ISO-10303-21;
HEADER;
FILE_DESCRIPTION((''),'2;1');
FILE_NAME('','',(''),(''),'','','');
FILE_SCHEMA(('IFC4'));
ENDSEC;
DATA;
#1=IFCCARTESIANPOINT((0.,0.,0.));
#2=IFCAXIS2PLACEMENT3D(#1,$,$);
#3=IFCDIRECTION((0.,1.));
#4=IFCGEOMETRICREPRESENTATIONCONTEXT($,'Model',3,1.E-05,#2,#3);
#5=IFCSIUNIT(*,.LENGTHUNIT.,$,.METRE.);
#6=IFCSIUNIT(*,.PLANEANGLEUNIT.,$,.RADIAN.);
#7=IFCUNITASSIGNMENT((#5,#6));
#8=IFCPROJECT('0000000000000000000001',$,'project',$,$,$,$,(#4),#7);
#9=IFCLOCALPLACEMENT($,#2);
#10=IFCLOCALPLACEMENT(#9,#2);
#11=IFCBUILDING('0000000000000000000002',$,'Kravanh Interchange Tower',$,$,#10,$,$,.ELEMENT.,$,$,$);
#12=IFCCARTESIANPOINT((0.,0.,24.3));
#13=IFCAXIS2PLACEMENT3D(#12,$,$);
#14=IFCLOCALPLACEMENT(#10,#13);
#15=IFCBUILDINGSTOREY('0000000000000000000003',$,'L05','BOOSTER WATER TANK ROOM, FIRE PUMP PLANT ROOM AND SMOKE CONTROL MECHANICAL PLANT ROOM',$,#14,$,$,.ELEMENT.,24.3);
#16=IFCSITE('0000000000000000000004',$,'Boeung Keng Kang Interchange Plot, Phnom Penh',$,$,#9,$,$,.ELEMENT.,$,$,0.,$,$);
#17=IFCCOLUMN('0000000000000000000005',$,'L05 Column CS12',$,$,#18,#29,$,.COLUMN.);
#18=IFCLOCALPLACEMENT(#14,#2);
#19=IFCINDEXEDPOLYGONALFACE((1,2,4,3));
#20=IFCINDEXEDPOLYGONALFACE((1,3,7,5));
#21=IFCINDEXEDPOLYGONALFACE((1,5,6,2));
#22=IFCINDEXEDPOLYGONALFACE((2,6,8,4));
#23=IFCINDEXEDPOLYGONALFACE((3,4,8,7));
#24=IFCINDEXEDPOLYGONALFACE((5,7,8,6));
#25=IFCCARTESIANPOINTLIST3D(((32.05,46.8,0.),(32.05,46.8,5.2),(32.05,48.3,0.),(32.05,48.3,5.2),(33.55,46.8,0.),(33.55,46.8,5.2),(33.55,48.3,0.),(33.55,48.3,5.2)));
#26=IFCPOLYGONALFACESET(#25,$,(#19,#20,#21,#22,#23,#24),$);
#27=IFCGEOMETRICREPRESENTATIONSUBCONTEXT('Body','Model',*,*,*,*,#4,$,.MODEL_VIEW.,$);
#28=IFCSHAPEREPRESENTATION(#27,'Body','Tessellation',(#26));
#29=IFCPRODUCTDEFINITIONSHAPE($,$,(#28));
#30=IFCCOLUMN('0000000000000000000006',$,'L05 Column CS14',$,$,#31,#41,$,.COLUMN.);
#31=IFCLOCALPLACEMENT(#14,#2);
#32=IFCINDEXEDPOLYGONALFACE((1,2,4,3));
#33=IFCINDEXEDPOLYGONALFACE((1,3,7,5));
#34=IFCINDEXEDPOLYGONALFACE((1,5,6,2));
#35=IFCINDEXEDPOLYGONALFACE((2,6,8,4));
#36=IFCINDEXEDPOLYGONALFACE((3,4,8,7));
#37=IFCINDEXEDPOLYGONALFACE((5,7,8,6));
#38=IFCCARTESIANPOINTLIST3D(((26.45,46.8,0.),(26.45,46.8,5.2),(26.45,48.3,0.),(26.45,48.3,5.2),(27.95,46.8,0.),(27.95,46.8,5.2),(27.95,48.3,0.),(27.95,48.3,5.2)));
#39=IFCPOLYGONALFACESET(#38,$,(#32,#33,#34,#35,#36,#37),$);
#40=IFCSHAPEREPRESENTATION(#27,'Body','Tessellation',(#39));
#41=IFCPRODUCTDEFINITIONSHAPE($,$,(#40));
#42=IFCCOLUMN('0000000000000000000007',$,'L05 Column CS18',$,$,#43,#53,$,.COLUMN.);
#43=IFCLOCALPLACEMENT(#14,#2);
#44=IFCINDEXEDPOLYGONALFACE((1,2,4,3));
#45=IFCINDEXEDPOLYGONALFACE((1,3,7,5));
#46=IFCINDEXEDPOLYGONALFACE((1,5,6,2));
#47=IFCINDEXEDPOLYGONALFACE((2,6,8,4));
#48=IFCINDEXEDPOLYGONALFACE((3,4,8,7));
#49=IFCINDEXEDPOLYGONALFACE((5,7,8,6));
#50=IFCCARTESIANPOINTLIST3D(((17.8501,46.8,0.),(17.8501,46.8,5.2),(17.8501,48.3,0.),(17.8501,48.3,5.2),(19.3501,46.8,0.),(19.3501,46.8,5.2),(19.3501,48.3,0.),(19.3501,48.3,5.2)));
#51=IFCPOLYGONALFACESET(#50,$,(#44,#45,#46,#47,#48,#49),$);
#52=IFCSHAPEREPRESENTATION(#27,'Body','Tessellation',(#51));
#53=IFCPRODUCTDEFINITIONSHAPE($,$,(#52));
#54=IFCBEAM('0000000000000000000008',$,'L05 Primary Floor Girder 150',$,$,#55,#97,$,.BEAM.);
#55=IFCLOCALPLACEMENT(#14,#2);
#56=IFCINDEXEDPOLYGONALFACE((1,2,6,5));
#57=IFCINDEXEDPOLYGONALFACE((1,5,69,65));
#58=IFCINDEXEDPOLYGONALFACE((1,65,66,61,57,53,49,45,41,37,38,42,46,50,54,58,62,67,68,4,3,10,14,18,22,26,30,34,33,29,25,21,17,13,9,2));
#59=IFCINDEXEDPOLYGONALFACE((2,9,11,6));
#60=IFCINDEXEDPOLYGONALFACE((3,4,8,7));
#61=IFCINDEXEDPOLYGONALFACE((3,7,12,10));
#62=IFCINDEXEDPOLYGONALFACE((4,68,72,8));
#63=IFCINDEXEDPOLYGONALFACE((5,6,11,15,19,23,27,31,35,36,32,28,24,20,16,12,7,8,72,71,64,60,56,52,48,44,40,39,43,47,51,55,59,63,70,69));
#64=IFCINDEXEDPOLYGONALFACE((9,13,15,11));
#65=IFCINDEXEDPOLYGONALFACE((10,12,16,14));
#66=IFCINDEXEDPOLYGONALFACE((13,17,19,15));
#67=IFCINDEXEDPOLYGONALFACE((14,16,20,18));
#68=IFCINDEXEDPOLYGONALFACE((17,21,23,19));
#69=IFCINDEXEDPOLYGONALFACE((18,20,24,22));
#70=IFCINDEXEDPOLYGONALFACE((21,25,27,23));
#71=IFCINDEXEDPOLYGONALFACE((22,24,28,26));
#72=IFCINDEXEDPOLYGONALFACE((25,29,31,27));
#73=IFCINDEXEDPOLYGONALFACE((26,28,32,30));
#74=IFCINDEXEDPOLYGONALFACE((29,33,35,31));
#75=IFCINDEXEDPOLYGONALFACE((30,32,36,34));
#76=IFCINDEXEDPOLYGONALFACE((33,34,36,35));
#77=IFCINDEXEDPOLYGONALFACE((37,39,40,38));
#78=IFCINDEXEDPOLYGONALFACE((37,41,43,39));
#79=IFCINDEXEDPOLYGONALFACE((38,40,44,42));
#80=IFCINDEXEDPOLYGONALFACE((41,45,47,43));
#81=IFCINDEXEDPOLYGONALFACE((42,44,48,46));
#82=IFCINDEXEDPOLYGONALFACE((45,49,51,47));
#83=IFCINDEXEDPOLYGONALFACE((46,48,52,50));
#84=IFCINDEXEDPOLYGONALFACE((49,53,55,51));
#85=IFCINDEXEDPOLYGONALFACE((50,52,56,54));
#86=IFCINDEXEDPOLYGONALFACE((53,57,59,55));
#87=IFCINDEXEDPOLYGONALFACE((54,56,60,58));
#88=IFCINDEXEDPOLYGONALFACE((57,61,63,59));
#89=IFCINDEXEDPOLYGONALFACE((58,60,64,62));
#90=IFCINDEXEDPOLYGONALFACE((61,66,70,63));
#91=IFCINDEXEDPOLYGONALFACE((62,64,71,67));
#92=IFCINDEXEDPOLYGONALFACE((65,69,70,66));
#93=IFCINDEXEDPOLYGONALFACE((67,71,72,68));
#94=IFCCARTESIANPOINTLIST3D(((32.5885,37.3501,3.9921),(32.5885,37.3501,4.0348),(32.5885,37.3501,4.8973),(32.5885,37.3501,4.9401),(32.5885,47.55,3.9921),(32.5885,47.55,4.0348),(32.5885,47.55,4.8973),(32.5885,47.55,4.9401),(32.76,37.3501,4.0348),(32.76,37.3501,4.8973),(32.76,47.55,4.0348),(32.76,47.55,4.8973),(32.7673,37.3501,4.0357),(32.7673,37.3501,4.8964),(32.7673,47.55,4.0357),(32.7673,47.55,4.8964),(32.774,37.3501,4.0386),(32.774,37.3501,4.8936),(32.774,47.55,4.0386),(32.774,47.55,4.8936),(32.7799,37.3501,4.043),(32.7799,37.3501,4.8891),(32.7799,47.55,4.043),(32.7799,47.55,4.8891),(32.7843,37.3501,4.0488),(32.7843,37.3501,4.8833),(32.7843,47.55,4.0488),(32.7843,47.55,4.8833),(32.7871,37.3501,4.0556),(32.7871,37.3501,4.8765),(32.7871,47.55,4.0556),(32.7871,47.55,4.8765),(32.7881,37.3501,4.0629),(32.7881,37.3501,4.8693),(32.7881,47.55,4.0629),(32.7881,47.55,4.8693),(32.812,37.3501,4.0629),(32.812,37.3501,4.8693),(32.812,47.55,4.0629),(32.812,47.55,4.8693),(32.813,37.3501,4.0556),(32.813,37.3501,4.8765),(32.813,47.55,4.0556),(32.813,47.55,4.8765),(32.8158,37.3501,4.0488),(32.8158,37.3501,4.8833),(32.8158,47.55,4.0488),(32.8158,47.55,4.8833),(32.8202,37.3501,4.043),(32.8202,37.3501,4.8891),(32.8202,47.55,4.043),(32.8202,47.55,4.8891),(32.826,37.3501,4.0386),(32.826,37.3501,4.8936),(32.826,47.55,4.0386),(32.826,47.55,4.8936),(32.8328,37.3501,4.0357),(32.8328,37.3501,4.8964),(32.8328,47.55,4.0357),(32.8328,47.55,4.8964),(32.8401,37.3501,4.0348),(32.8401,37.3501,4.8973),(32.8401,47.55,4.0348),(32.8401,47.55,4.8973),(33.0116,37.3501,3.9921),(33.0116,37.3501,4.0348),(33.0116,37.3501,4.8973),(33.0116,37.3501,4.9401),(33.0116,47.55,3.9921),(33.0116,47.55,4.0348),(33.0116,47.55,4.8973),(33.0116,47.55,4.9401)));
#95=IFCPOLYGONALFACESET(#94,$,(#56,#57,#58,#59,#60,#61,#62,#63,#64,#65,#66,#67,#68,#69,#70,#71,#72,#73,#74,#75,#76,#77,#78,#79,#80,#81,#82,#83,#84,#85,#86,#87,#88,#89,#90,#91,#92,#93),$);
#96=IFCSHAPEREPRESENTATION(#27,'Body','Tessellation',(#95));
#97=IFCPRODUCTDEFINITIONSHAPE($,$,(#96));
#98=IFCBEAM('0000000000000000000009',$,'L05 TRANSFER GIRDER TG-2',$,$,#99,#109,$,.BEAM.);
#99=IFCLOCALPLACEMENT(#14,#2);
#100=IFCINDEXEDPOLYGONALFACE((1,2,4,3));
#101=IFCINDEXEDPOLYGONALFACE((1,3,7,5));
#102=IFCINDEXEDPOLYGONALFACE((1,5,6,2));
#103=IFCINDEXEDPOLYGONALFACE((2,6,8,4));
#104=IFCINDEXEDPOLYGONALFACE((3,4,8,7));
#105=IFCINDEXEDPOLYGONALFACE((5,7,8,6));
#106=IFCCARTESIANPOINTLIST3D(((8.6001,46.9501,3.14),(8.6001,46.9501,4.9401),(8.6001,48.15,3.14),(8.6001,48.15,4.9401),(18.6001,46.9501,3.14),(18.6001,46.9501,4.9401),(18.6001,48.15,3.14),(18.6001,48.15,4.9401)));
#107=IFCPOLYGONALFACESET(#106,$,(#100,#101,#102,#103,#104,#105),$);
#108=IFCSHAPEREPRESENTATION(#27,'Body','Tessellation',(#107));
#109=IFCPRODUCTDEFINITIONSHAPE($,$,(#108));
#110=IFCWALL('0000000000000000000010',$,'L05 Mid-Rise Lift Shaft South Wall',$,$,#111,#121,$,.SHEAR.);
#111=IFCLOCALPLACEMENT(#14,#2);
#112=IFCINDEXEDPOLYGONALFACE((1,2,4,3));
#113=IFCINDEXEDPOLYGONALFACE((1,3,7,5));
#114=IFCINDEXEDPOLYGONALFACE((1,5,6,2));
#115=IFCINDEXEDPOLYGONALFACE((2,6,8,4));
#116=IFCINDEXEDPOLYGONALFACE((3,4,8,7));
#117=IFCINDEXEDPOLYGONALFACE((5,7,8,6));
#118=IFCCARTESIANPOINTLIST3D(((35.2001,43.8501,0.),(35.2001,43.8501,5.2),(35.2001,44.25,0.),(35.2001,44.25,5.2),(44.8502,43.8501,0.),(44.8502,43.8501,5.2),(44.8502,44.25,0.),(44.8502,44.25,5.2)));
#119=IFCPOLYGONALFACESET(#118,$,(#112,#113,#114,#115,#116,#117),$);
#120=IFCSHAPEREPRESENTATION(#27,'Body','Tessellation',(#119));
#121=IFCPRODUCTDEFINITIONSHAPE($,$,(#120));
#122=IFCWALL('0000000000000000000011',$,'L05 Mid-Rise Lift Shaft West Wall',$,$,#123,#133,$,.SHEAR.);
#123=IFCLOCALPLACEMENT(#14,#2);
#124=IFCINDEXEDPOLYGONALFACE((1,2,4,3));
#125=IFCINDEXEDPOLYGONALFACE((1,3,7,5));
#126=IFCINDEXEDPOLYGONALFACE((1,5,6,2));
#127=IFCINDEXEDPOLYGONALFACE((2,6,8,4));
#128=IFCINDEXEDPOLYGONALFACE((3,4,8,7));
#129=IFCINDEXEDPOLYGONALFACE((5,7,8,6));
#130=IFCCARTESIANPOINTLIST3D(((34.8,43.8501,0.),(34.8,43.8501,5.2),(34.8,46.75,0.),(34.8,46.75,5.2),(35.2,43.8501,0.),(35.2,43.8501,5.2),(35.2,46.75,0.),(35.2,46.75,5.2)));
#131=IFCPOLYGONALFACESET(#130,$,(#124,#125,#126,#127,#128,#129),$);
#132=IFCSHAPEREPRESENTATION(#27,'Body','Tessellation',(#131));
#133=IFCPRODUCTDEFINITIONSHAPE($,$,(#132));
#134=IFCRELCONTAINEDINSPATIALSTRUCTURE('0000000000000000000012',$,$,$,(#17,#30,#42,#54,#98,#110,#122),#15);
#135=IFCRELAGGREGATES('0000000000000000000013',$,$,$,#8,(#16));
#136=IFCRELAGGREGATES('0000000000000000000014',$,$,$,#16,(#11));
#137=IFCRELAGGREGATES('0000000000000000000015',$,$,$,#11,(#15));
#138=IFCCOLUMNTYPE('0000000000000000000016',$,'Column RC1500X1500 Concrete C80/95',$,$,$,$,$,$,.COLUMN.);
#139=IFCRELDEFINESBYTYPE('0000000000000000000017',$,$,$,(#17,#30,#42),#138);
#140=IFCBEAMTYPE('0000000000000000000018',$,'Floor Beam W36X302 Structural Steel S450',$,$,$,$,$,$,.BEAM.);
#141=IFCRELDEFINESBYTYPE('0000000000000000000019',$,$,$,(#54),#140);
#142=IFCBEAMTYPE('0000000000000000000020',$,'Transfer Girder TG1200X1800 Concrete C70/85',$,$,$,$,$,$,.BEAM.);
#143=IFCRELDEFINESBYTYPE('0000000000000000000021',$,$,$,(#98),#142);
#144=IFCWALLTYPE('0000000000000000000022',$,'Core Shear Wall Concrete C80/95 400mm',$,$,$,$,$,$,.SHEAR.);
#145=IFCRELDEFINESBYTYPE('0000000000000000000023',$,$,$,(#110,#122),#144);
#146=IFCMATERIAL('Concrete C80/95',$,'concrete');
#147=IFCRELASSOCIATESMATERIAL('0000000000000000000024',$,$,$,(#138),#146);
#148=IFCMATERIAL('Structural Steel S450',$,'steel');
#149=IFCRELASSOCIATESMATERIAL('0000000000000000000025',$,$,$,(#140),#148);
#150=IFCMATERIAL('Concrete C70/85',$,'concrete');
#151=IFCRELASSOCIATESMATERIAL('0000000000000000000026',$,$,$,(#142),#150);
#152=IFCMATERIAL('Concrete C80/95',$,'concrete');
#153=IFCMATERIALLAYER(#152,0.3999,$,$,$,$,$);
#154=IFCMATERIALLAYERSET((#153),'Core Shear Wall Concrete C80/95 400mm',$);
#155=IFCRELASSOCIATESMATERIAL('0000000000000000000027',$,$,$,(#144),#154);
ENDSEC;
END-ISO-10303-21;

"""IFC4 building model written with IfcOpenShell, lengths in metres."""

from ifc_helpers import new_model, si_unit, direction, frame, frame_2d, origin, origin_2d, place, context, subcontext, project, spatial, rectangle, i_section, extrude, material, layer, layer_set, material_profile, profile_set, type_object, element, save


model = new_model("IFC4")

# Units and contexts
model_context = context("Model", 3, precision=1e-05, world=origin(), true_north=direction((0.0, 1.0)))
body_context = subcontext(model_context, "Body", "Model", "MODEL_VIEW")
ifc_project = project(units=[si_unit("LENGTHUNIT", "METRE"), si_unit("PLANEANGLEUNIT", "RADIAN")], contexts=[model_context])

# Site, building, storey
site_placement = place(None, origin())
site = spatial("IfcSite", under=ifc_project, at=site_placement, Name="Boeung Keng Kang Interchange Plot, Phnom Penh", CompositionType="ELEMENT", RefElevation=0.0)
building_placement = place(site_placement, origin())
building = spatial("IfcBuilding", under=site, at=building_placement, Name="Kravanh Interchange Tower", CompositionType="ELEMENT")
storey_placement = place(building_placement, frame((0.0, 0.0, 24.3)))
storey = spatial("IfcBuildingStorey", under=building, at=storey_placement, Name="L05", Description="BOOSTER WATER TANK ROOM, FIRE PUMP PLANT ROOM AND SMOKE CONTROL MECHANICAL PLANT ROOM", CompositionType="ELEMENT", Elevation=24.3)

# Columns
ifc_material_1 = material(Name="Concrete C80/95", Category="concrete")
ifc_material_profile_1 = material_profile(ifc_material_1, rectangle(XDim=1.5, YDim=1.5, at=origin_2d()), Name="RC1500X1500")
ifc_profile_set_1 = profile_set([ifc_material_profile_1], Name="Concrete C80/95")
column_type = type_object("IfcColumnType", Name="Column RC1500X1500 Concrete C80/95", PredefinedType="COLUMN", material=ifc_profile_set_1)
for number, where, z_axis, x_axis, name in (
    (1, (32.8, 47.55, 0.0), (0.0, 0.0, 1.0), (1.0, 0.0, 0.0), "L05 Column CS12"),
    (2, (27.2, 47.55, 0.0), (0.0, 0.0, 1.0), (1.0, 0.0, 0.0), "L05 Column CS14"),
    (3, (18.6001, 47.55, 0.0), (0.0, 0.0, 1.0), (1.0, 0.0, 0.0), "L05 Column CS18"),
):
    element("IfcColumn", number, at=place(storey_placement, frame(where, z_axis=z_axis, x_axis=x_axis)), inside=storey, type_object=column_type, Name=name, PredefinedType="COLUMN", context=body_context, shape_type="SweptSolid", body=[
        extrude(rectangle(XDim=1.5, YDim=1.5, at=origin_2d()), origin(), (0.0, 0.0, 1.0), 5.2),
    ])

# Beams
ifc_material_2 = material(Name="Structural Steel S450", Category="steel")
ifc_material_profile_2 = material_profile(ifc_material_2, i_section(OverallWidth=0.4231, OverallDepth=0.948, WebThickness=0.0239, FlangeThickness=0.0427, FilletRadius=0.0281, at=origin_2d()), Name="W36X302")
ifc_profile_set_2 = profile_set([ifc_material_profile_2], Name="Structural Steel S450")
beam_type_1 = type_object("IfcBeamType", Name="Floor Beam W36X302 Structural Steel S450", PredefinedType="BEAM", material=ifc_profile_set_2)
beam_1_placement = place(storey_placement, frame((32.8, 37.3501, 4.4661), z_axis=(0.0, 1.0, 0.0), x_axis=(-1.0, 0.0, 0.0)))
element("IfcBeam", 4, at=beam_1_placement, inside=storey, type_object=beam_type_1, Name="L05 Primary Floor Girder 150", PredefinedType="BEAM", context=body_context, shape_type="SweptSolid", body=[
    extrude(i_section(OverallWidth=0.4231, OverallDepth=0.948, WebThickness=0.0239, FlangeThickness=0.0427, FilletRadius=0.0281, at=origin_2d()), origin(), (0.0, 0.0, 1.0), 10.2),
])
ifc_material_3 = material(Name="Concrete C70/85", Category="concrete")
ifc_material_profile_3 = material_profile(ifc_material_3, rectangle(XDim=1.2, YDim=1.8, at=origin_2d()), Name="TG1200X1800")
ifc_profile_set_3 = profile_set([ifc_material_profile_3], Name="Concrete C70/85")
beam_type_2 = type_object("IfcBeamType", Name="Transfer Girder TG1200X1800 Concrete C70/85", PredefinedType="BEAM", material=ifc_profile_set_3)
beam_2_placement = place(storey_placement, frame((18.6001, 47.55, 4.04), z_axis=(-1.0, 0.0, 0.0), x_axis=(0.0, -1.0, 0.0)))
element("IfcBeam", 5, at=beam_2_placement, inside=storey, type_object=beam_type_2, Name="L05 TRANSFER GIRDER TG-2", PredefinedType="BEAM", context=body_context, shape_type="SweptSolid", body=[
    extrude(rectangle(XDim=1.2, YDim=1.8, at=origin_2d()), origin(), (0.0, 0.0, 1.0), 10.0),
])

# Walls
ifc_material_4 = material(Name="Concrete C80/95", Category="concrete")
ifc_layer_1 = layer(ifc_material_4, 0.3999)
ifc_layer_set_1 = layer_set([ifc_layer_1], Name="Core Shear Wall Concrete C80/95 400mm")
wall_type_1 = type_object("IfcWallType", Name="Core Shear Wall Concrete C80/95 400mm", PredefinedType="SHEAR", material=ifc_layer_set_1)
wall_1_placement = place(storey_placement, frame((35.2, 44.05, 0.0), z_axis=(0.0, 0.0, 1.0), x_axis=(1.0, 0.0, 0.0)))
element("IfcWall", 6, at=wall_1_placement, inside=storey, type_object=wall_type_1, Name="L05 Mid-Rise Lift Shaft South Wall", PredefinedType="SHEAR", context=body_context, shape_type="SweptSolid", body=[
    extrude(rectangle(XDim=9.6501, YDim=0.3999, at=frame_2d((4.8252, 0.0))), origin(), (0.0, 0.0, 1.0), 5.2),
])
wall_2_placement = place(storey_placement, frame((35.0, 43.8501, 0.0), z_axis=(0.0, 0.0, 1.0), x_axis=(0.0, 1.0, 0.0)))
element("IfcWall", 7, at=wall_2_placement, inside=storey, type_object=wall_type_1, Name="L05 Mid-Rise Lift Shaft West Wall", PredefinedType="SHEAR", context=body_context, shape_type="SweptSolid", body=[
    extrude(rectangle(XDim=2.8999, YDim=0.3999, at=frame_2d((1.45, 0.0))), origin(), (0.0, 0.0, 1.0), 5.2),
])

save(model, "model.ifc")
